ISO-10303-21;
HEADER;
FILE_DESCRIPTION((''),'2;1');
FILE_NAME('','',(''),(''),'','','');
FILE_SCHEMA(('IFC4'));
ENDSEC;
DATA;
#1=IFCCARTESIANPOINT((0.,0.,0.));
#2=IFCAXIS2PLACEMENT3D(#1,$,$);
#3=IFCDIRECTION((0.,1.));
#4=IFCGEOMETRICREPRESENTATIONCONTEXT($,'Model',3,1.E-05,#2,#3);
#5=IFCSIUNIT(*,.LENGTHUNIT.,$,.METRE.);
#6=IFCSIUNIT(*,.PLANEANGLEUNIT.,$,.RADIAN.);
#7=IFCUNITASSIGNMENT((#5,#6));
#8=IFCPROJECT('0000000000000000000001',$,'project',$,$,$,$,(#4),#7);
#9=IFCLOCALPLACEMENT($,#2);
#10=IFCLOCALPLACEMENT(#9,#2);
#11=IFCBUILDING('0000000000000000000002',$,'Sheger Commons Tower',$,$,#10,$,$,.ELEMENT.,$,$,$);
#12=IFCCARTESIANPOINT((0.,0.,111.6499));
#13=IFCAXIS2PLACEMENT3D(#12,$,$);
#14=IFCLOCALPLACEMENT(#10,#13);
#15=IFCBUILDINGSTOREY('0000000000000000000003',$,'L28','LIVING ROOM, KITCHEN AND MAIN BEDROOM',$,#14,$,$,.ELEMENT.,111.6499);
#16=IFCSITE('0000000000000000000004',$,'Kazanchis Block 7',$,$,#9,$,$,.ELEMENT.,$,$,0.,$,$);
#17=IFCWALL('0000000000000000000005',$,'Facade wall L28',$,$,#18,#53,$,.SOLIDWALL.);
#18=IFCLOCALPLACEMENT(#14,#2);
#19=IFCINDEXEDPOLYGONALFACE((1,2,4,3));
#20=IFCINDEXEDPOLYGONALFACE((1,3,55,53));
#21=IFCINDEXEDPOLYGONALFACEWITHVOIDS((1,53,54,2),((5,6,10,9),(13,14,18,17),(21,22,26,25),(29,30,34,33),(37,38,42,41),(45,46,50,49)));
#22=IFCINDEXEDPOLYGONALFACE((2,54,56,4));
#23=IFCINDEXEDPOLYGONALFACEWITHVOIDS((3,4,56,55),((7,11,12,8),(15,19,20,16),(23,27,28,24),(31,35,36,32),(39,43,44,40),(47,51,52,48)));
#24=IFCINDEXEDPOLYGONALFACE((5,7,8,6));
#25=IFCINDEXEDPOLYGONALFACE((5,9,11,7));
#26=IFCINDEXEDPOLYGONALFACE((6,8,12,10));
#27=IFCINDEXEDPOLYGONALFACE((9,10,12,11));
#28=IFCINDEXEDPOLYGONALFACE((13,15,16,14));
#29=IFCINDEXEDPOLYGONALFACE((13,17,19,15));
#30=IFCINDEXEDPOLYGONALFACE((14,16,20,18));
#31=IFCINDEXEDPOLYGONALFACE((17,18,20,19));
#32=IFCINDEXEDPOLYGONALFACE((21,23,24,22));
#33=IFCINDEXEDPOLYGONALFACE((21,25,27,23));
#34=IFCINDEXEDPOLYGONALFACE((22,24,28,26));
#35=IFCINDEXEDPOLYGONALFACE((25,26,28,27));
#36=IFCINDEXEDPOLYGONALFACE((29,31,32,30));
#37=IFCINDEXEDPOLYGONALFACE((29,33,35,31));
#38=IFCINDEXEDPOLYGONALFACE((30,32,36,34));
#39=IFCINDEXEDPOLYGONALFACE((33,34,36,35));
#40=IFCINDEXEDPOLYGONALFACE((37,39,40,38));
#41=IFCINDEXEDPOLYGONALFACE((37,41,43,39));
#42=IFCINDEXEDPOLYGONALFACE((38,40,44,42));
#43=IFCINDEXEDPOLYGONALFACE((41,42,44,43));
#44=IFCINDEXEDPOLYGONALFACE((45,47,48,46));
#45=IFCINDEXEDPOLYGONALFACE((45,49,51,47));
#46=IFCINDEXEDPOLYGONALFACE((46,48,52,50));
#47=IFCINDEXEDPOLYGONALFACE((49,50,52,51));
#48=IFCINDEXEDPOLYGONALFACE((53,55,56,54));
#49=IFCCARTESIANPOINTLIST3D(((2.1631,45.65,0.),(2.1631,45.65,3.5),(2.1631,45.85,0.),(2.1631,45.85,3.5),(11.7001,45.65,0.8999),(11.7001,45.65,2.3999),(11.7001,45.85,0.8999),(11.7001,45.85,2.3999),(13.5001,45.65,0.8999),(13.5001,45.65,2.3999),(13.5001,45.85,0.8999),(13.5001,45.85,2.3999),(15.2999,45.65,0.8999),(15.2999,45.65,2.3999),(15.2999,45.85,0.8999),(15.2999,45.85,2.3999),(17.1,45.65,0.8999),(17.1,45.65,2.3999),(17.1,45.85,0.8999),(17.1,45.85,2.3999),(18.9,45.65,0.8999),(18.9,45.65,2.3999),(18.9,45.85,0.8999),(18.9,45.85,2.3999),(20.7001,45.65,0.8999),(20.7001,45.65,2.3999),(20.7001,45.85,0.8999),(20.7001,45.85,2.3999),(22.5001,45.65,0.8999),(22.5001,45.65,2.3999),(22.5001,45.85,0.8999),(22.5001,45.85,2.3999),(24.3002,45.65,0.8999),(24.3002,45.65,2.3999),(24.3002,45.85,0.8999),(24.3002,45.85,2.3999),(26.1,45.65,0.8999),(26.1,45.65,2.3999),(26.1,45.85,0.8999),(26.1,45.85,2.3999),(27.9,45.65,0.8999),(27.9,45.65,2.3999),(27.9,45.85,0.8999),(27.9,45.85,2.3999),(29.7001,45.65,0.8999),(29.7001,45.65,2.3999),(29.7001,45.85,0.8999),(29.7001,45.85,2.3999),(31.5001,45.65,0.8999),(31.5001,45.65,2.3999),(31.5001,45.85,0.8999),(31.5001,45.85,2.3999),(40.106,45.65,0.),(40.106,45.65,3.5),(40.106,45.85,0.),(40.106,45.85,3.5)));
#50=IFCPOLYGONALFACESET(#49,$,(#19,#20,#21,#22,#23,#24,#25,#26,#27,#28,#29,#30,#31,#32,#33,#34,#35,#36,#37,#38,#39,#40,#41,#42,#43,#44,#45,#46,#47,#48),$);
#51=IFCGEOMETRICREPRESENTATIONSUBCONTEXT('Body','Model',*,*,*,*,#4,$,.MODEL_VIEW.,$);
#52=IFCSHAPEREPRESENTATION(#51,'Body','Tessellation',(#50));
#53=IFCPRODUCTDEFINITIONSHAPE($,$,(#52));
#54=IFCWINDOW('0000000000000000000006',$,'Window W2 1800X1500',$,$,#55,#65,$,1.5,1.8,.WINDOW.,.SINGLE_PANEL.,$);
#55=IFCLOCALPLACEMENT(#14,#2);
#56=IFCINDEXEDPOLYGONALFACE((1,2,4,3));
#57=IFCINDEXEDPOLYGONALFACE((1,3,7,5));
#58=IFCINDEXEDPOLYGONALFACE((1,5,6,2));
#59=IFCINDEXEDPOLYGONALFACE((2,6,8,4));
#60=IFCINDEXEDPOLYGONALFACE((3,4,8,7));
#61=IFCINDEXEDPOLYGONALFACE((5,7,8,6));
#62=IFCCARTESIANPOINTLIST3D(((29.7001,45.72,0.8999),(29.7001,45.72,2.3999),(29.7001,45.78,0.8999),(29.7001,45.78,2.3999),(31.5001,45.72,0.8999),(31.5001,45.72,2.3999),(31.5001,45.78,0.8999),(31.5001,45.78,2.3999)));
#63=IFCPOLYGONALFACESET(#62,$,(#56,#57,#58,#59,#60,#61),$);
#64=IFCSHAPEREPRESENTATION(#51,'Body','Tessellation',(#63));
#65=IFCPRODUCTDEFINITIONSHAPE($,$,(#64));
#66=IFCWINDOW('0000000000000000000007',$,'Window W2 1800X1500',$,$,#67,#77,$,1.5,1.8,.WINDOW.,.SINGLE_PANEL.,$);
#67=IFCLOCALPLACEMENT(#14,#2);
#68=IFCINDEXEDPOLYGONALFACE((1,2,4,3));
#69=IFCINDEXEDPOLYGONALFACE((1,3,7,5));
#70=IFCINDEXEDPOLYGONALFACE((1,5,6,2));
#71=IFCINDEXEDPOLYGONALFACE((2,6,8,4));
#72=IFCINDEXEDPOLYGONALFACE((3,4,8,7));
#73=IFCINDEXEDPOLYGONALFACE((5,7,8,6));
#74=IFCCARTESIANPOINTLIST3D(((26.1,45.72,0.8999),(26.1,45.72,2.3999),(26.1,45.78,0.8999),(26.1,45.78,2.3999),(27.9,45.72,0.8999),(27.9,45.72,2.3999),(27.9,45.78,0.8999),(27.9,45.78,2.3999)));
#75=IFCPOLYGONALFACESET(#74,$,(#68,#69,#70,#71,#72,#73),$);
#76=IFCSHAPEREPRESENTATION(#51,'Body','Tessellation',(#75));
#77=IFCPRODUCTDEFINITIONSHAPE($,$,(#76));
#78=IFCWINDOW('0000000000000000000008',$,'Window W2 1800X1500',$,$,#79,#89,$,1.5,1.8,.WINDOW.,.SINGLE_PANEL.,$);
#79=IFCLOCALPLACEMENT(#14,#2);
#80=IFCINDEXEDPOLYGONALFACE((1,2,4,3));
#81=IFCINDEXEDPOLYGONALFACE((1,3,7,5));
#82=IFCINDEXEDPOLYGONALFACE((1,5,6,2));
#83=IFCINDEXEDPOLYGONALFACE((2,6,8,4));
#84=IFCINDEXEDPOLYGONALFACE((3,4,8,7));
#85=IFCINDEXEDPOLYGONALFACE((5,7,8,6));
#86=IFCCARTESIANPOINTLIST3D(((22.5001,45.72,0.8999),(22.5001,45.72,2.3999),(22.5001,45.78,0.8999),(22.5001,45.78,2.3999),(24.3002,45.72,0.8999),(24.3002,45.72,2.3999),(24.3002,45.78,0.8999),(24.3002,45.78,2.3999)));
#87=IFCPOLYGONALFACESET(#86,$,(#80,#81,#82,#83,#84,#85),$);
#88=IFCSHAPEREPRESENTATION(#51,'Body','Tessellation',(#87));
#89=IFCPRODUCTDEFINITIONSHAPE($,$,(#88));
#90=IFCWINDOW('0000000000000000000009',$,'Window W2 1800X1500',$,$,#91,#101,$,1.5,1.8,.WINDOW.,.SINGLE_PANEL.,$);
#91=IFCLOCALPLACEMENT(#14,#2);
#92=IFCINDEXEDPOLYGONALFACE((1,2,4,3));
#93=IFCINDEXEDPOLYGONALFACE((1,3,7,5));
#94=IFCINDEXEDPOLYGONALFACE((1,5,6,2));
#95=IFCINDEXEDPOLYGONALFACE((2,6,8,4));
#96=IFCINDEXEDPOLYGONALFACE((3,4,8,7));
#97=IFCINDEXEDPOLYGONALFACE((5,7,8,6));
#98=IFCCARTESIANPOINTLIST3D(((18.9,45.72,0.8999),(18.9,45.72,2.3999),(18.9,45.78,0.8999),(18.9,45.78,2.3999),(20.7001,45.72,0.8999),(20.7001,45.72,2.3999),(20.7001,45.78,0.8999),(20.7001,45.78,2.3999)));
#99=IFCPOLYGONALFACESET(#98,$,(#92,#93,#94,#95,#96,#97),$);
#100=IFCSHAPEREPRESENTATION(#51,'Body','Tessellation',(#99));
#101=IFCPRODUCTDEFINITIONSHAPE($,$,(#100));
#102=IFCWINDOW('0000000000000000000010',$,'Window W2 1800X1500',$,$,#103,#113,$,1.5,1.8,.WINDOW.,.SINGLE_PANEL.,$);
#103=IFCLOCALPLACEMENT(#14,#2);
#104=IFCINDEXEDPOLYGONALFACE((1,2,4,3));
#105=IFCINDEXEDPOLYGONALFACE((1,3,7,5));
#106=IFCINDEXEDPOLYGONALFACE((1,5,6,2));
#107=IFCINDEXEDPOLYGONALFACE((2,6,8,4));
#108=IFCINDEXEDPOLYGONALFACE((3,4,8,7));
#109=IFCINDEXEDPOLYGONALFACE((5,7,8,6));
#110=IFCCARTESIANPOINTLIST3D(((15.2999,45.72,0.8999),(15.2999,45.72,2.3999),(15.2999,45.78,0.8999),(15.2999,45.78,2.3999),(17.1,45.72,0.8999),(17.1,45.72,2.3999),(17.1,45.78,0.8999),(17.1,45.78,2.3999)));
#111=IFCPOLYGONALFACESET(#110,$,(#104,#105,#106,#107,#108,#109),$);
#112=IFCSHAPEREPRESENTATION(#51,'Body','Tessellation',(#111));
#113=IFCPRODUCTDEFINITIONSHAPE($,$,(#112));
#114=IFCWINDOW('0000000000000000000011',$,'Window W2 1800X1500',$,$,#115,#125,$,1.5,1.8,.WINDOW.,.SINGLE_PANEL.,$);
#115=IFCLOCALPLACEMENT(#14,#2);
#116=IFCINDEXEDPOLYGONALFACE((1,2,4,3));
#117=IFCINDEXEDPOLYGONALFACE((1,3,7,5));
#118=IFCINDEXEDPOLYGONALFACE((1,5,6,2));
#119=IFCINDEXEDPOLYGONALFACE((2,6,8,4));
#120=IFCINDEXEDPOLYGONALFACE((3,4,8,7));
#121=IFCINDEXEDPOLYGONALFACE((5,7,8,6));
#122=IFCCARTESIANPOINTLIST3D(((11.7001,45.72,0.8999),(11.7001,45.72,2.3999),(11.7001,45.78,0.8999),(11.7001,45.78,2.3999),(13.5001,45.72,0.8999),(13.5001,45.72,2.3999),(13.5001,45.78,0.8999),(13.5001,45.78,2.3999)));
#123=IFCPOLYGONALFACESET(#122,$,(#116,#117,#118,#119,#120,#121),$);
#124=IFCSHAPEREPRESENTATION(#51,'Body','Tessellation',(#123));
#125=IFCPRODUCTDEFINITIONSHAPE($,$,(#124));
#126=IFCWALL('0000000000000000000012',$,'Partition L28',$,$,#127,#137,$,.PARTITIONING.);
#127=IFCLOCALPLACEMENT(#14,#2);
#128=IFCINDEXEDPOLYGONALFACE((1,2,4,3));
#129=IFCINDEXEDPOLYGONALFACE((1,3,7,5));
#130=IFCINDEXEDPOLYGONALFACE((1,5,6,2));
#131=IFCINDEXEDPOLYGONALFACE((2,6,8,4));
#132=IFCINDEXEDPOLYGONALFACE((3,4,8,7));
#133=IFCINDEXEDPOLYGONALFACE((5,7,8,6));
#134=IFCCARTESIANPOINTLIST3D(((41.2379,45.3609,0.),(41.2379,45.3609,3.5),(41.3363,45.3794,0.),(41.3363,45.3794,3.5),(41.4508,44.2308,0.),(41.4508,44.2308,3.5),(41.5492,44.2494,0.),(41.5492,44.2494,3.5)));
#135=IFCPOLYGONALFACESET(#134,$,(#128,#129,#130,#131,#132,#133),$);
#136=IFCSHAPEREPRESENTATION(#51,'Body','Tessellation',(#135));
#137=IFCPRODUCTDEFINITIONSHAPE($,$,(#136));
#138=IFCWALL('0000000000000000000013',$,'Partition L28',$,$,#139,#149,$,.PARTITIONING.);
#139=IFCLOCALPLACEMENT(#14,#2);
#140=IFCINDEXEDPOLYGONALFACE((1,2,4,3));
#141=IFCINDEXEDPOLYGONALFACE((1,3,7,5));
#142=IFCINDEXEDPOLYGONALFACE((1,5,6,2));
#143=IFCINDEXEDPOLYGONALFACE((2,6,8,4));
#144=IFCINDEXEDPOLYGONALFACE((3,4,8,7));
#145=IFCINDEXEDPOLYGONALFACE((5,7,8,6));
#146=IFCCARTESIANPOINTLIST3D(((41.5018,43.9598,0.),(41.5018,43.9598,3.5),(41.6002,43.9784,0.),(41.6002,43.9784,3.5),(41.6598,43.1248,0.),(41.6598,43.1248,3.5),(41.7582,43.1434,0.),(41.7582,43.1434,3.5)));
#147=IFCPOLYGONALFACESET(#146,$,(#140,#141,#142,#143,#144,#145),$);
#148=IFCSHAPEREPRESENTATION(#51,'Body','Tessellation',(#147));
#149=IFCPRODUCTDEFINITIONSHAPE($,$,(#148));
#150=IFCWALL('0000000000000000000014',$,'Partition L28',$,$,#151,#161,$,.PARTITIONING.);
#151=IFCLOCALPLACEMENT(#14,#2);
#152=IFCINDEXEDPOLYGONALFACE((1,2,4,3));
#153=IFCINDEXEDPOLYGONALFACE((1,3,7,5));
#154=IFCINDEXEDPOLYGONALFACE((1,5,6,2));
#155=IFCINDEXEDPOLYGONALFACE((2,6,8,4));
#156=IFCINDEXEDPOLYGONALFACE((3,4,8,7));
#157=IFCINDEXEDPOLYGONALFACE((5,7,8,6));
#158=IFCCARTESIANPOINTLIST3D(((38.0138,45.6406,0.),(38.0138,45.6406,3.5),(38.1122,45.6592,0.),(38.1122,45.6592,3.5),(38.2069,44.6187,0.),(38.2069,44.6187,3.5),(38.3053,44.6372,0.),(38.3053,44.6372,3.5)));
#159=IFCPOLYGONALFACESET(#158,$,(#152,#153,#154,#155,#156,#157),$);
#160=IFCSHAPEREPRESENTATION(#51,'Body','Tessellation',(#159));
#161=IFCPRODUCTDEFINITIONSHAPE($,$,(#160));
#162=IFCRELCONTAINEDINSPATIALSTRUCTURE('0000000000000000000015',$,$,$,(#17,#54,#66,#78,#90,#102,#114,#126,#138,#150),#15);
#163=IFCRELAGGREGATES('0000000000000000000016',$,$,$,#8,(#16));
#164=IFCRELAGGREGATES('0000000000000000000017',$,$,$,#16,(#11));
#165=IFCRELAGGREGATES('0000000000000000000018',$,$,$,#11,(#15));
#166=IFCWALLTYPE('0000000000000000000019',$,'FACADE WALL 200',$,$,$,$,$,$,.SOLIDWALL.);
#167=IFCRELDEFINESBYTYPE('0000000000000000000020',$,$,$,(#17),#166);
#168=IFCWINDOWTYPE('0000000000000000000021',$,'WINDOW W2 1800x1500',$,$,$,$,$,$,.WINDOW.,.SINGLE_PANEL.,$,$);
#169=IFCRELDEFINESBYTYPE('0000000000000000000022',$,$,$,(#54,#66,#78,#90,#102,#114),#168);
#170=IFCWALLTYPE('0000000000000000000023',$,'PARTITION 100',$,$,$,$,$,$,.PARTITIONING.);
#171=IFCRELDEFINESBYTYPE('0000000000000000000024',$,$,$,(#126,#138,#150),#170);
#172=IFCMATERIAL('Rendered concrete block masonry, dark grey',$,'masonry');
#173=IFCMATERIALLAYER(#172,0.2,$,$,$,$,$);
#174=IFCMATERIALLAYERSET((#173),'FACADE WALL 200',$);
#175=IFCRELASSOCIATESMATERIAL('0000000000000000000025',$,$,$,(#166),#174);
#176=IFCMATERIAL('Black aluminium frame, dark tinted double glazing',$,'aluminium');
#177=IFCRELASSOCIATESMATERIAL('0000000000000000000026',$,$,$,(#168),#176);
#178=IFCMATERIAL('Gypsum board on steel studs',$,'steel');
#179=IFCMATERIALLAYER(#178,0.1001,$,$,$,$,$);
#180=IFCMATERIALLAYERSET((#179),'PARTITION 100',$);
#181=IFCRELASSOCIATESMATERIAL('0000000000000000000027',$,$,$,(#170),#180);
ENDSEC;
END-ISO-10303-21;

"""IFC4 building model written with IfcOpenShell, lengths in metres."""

from ifc_helpers import new_model, si_unit, direction, frame, frame_2d, origin, place, context, subcontext, project, spatial, rectangle, extrude, material, layer, layer_set, type_object, element, fill, save


model = new_model("IFC4")

# Units and contexts
model_context = context("Model", 3, precision=1e-05, world=origin(), true_north=direction((0.0, 1.0)))
body_context = subcontext(model_context, "Body", "Model", "MODEL_VIEW")
ifc_project = project(units=[si_unit("LENGTHUNIT", "METRE"), si_unit("PLANEANGLEUNIT", "RADIAN")], contexts=[model_context])

# Site, building, storey
site_placement = place(None, origin())
site = spatial("IfcSite", under=ifc_project, at=site_placement, Name="Kazanchis Block 7", CompositionType="ELEMENT", RefElevation=0.0)
building_placement = place(site_placement, origin())
building = spatial("IfcBuilding", under=site, at=building_placement, Name="Sheger Commons Tower", CompositionType="ELEMENT")
storey_placement = place(building_placement, frame((0.0, 0.0, 111.6499)))
storey = spatial("IfcBuildingStorey", under=building, at=storey_placement, Name="L28", Description="LIVING ROOM, KITCHEN AND MAIN BEDROOM", CompositionType="ELEMENT", Elevation=111.6499)

# Shared definitions
ifc_material_1 = material(Name="Rendered concrete block masonry, dark grey", Category="masonry")
ifc_layer_1 = layer(ifc_material_1, 0.2)
ifc_layer_set_1 = layer_set([ifc_layer_1], Name="FACADE WALL 200")
wall_type_1 = type_object("IfcWallType", Name="FACADE WALL 200", PredefinedType="SOLIDWALL", material=ifc_layer_set_1)

# Wall, openings, windows
wall_1_placement = place(storey_placement, frame((40.106, 45.75, 0.0), z_axis=(0.0, 0.0, 1.0), x_axis=(-1.0, 0.0, 0.0)))
wall_1 = element("IfcWall", 1, at=wall_1_placement, inside=storey, type_object=wall_type_1, Name="Facade wall L28", PredefinedType="SOLIDWALL", context=body_context, shape_type="SweptSolid", body=[
    extrude(rectangle(XDim=37.9429, YDim=0.2, at=frame_2d((18.9714, 0.0))), origin(), (0.0, 0.0, 1.0), 3.5),
])
opening_1_placement = place(wall_1_placement, frame((8.606, 0.0, 0.8999)))
opening_1 = element("IfcOpeningElement", 2, at=opening_1_placement, cuts=wall_1, PredefinedType="OPENING", context=body_context, shape_type="SweptSolid", body=[
    extrude(rectangle(XDim=1.8, YDim=1.5, at=frame_2d((0.8999, 0.75))), frame((0.0, 0.1099, 0.0), z_axis=(0.0, -1.0, 0.0), x_axis=(1.0, 0.0, 0.0)), (0.0, 0.0, 1.0), 0.22),
])
opening_2_placement = place(wall_1_placement, frame((12.2061, 0.0, 0.8999)))
opening_2 = element("IfcOpeningElement", 3, at=opening_2_placement, cuts=wall_1, PredefinedType="OPENING", context=body_context, shape_type="SweptSolid", body=[
    extrude(rectangle(XDim=1.8, YDim=1.5, at=frame_2d((0.8999, 0.75))), frame((0.0, 0.1099, 0.0), z_axis=(0.0, -1.0, 0.0), x_axis=(1.0, 0.0, 0.0)), (0.0, 0.0, 1.0), 0.22),
])
opening_3_placement = place(wall_1_placement, frame((15.8059, 0.0, 0.8999)))
opening_3 = element("IfcOpeningElement", 4, at=opening_3_placement, cuts=wall_1, PredefinedType="OPENING", context=body_context, shape_type="SweptSolid", body=[
    extrude(rectangle(XDim=1.8, YDim=1.5, at=frame_2d((0.8999, 0.75))), frame((0.0, 0.1099, 0.0), z_axis=(0.0, -1.0, 0.0), x_axis=(1.0, 0.0, 0.0)), (0.0, 0.0, 1.0), 0.22),
])
opening_4_placement = place(wall_1_placement, frame((19.406, 0.0, 0.8999)))
opening_4 = element("IfcOpeningElement", 5, at=opening_4_placement, cuts=wall_1, PredefinedType="OPENING", context=body_context, shape_type="SweptSolid", body=[
    extrude(rectangle(XDim=1.8, YDim=1.5, at=frame_2d((0.8999, 0.75))), frame((0.0, 0.1099, 0.0), z_axis=(0.0, -1.0, 0.0), x_axis=(1.0, 0.0, 0.0)), (0.0, 0.0, 1.0), 0.22),
])
opening_5_placement = place(wall_1_placement, frame((23.0061, 0.0, 0.8999)))
opening_5 = element("IfcOpeningElement", 6, at=opening_5_placement, cuts=wall_1, PredefinedType="OPENING", context=body_context, shape_type="SweptSolid", body=[
    extrude(rectangle(XDim=1.8, YDim=1.5, at=frame_2d((0.8999, 0.75))), frame((0.0, 0.1099, 0.0), z_axis=(0.0, -1.0, 0.0), x_axis=(1.0, 0.0, 0.0)), (0.0, 0.0, 1.0), 0.22),
])
opening_6_placement = place(wall_1_placement, frame((26.606, 0.0, 0.8999)))
opening_6 = element("IfcOpeningElement", 7, at=opening_6_placement, cuts=wall_1, PredefinedType="OPENING", context=body_context, shape_type="SweptSolid", body=[
    extrude(rectangle(XDim=1.8, YDim=1.5, at=frame_2d((0.8999, 0.75))), frame((0.0, 0.1099, 0.0), z_axis=(0.0, -1.0, 0.0), x_axis=(1.0, 0.0, 0.0)), (0.0, 0.0, 1.0), 0.22),
])
ifc_material_2 = material(Name="Black aluminium frame, dark tinted double glazing", Category="aluminium")
window_type = type_object("IfcWindowType", Name="WINDOW W2 1800x1500", PartitioningType="SINGLE_PANEL", PredefinedType="WINDOW", material=ifc_material_2)
window_1_placement = place(opening_1_placement, origin())
window_1 = element("IfcWindow", 8, at=window_1_placement, inside=storey, type_object=window_type, Name="Window W2 1800X1500", OverallHeight=1.5, OverallWidth=1.8, PartitioningType="SINGLE_PANEL", PredefinedType="WINDOW", context=body_context, shape_type="SweptSolid", body=[
    extrude(rectangle(XDim=1.8, YDim=1.5, at=frame_2d((0.8999, 0.75))), frame((0.0, 0.03, 0.0), z_axis=(0.0, -1.0, 0.0), x_axis=(1.0, 0.0, 0.0)), (0.0, 0.0, 1.0), 0.0601),
])
fill(opening_1, window_1)
window_2_placement = place(opening_2_placement, origin())
window_2 = element("IfcWindow", 9, at=window_2_placement, inside=storey, type_object=window_type, Name="Window W2 1800X1500", OverallHeight=1.5, OverallWidth=1.8, PartitioningType="SINGLE_PANEL", PredefinedType="WINDOW", context=body_context, shape_type="SweptSolid", body=[
    extrude(rectangle(XDim=1.8, YDim=1.5, at=frame_2d((0.8999, 0.75))), frame((0.0, 0.03, 0.0), z_axis=(0.0, -1.0, 0.0), x_axis=(1.0, 0.0, 0.0)), (0.0, 0.0, 1.0), 0.0601),
])
fill(opening_2, window_2)
window_3_placement = place(opening_3_placement, origin())
window_3 = element("IfcWindow", 10, at=window_3_placement, inside=storey, type_object=window_type, Name="Window W2 1800X1500", OverallHeight=1.5, OverallWidth=1.8, PartitioningType="SINGLE_PANEL", PredefinedType="WINDOW", context=body_context, shape_type="SweptSolid", body=[
    extrude(rectangle(XDim=1.8, YDim=1.5, at=frame_2d((0.8999, 0.75))), frame((0.0, 0.03, 0.0), z_axis=(0.0, -1.0, 0.0), x_axis=(1.0, 0.0, 0.0)), (0.0, 0.0, 1.0), 0.0601),
])
fill(opening_3, window_3)
window_4_placement = place(opening_4_placement, origin())
window_4 = element("IfcWindow", 11, at=window_4_placement, inside=storey, type_object=window_type, Name="Window W2 1800X1500", OverallHeight=1.5, OverallWidth=1.8, PartitioningType="SINGLE_PANEL", PredefinedType="WINDOW", context=body_context, shape_type="SweptSolid", body=[
    extrude(rectangle(XDim=1.8, YDim=1.5, at=frame_2d((0.8999, 0.75))), frame((0.0, 0.03, 0.0), z_axis=(0.0, -1.0, 0.0), x_axis=(1.0, 0.0, 0.0)), (0.0, 0.0, 1.0), 0.0601),
])
fill(opening_4, window_4)
window_5_placement = place(opening_5_placement, origin())
window_5 = element("IfcWindow", 12, at=window_5_placement, inside=storey, type_object=window_type, Name="Window W2 1800X1500", OverallHeight=1.5, OverallWidth=1.8, PartitioningType="SINGLE_PANEL", PredefinedType="WINDOW", context=body_context, shape_type="SweptSolid", body=[
    extrude(rectangle(XDim=1.8, YDim=1.5, at=frame_2d((0.8999, 0.75))), frame((0.0, 0.03, 0.0), z_axis=(0.0, -1.0, 0.0), x_axis=(1.0, 0.0, 0.0)), (0.0, 0.0, 1.0), 0.0601),
])
fill(opening_5, window_5)
window_6_placement = place(opening_6_placement, origin())
window_6 = element("IfcWindow", 13, at=window_6_placement, inside=storey, type_object=window_type, Name="Window W2 1800X1500", OverallHeight=1.5, OverallWidth=1.8, PartitioningType="SINGLE_PANEL", PredefinedType="WINDOW", context=body_context, shape_type="SweptSolid", body=[
    extrude(rectangle(XDim=1.8, YDim=1.5, at=frame_2d((0.8999, 0.75))), frame((0.0, 0.03, 0.0), z_axis=(0.0, -1.0, 0.0), x_axis=(1.0, 0.0, 0.0)), (0.0, 0.0, 1.0), 0.0601),
])
fill(opening_6, window_6)

# Walls
ifc_material_3 = material(Name="Gypsum board on steel studs", Category="steel")
ifc_layer_2 = layer(ifc_material_3, 0.1001)
ifc_layer_set_2 = layer_set([ifc_layer_2], Name="PARTITION 100")
wall_type_2 = type_object("IfcWallType", Name="PARTITION 100", PredefinedType="PARTITIONING", material=ifc_layer_set_2)
wall_2_placement = place(storey_placement, frame((41.2871, 45.3701, 0.0), z_axis=(0.0, 0.0, 1.0), x_axis=(0.185122, -0.982716, 0.0)))
element("IfcWall", 14, at=wall_2_placement, inside=storey, type_object=wall_type_2, Name="Partition L28", PredefinedType="PARTITIONING", context=body_context, shape_type="SweptSolid", body=[
    extrude(rectangle(XDim=1.1499, YDim=0.1001, at=frame_2d((0.575, 0.0))), origin(), (0.0, 0.0, 1.0), 3.5),
])
wall_3_placement = place(storey_placement, frame((41.551, 43.969, 0.0), z_axis=(0.0, 0.0, 1.0), x_axis=(0.185884, -0.982572, 0.0)))
element("IfcWall", 15, at=wall_3_placement, inside=storey, type_object=wall_type_2, Name="Partition L28", PredefinedType="PARTITIONING", context=body_context, shape_type="SweptSolid", body=[
    extrude(rectangle(XDim=0.8499, YDim=0.1001, at=frame_2d((0.4248, 0.0))), origin(), (0.0, 0.0, 1.0), 3.5),
])
wall_4_placement = place(storey_placement, frame((38.063, 45.6499, 0.0), z_axis=(0.0, 0.0, 1.0), x_axis=(0.185677, -0.982611, 0.0)))
element("IfcWall", 16, at=wall_4_placement, inside=storey, type_object=wall_type_2, Name="Partition L28", PredefinedType="PARTITIONING", context=body_context, shape_type="SweptSolid", body=[
    extrude(rectangle(XDim=1.04, YDim=0.1001, at=frame_2d((0.52, 0.0))), origin(), (0.0, 0.0, 1.0), 3.5),
])

save(model, "model.ifc")
